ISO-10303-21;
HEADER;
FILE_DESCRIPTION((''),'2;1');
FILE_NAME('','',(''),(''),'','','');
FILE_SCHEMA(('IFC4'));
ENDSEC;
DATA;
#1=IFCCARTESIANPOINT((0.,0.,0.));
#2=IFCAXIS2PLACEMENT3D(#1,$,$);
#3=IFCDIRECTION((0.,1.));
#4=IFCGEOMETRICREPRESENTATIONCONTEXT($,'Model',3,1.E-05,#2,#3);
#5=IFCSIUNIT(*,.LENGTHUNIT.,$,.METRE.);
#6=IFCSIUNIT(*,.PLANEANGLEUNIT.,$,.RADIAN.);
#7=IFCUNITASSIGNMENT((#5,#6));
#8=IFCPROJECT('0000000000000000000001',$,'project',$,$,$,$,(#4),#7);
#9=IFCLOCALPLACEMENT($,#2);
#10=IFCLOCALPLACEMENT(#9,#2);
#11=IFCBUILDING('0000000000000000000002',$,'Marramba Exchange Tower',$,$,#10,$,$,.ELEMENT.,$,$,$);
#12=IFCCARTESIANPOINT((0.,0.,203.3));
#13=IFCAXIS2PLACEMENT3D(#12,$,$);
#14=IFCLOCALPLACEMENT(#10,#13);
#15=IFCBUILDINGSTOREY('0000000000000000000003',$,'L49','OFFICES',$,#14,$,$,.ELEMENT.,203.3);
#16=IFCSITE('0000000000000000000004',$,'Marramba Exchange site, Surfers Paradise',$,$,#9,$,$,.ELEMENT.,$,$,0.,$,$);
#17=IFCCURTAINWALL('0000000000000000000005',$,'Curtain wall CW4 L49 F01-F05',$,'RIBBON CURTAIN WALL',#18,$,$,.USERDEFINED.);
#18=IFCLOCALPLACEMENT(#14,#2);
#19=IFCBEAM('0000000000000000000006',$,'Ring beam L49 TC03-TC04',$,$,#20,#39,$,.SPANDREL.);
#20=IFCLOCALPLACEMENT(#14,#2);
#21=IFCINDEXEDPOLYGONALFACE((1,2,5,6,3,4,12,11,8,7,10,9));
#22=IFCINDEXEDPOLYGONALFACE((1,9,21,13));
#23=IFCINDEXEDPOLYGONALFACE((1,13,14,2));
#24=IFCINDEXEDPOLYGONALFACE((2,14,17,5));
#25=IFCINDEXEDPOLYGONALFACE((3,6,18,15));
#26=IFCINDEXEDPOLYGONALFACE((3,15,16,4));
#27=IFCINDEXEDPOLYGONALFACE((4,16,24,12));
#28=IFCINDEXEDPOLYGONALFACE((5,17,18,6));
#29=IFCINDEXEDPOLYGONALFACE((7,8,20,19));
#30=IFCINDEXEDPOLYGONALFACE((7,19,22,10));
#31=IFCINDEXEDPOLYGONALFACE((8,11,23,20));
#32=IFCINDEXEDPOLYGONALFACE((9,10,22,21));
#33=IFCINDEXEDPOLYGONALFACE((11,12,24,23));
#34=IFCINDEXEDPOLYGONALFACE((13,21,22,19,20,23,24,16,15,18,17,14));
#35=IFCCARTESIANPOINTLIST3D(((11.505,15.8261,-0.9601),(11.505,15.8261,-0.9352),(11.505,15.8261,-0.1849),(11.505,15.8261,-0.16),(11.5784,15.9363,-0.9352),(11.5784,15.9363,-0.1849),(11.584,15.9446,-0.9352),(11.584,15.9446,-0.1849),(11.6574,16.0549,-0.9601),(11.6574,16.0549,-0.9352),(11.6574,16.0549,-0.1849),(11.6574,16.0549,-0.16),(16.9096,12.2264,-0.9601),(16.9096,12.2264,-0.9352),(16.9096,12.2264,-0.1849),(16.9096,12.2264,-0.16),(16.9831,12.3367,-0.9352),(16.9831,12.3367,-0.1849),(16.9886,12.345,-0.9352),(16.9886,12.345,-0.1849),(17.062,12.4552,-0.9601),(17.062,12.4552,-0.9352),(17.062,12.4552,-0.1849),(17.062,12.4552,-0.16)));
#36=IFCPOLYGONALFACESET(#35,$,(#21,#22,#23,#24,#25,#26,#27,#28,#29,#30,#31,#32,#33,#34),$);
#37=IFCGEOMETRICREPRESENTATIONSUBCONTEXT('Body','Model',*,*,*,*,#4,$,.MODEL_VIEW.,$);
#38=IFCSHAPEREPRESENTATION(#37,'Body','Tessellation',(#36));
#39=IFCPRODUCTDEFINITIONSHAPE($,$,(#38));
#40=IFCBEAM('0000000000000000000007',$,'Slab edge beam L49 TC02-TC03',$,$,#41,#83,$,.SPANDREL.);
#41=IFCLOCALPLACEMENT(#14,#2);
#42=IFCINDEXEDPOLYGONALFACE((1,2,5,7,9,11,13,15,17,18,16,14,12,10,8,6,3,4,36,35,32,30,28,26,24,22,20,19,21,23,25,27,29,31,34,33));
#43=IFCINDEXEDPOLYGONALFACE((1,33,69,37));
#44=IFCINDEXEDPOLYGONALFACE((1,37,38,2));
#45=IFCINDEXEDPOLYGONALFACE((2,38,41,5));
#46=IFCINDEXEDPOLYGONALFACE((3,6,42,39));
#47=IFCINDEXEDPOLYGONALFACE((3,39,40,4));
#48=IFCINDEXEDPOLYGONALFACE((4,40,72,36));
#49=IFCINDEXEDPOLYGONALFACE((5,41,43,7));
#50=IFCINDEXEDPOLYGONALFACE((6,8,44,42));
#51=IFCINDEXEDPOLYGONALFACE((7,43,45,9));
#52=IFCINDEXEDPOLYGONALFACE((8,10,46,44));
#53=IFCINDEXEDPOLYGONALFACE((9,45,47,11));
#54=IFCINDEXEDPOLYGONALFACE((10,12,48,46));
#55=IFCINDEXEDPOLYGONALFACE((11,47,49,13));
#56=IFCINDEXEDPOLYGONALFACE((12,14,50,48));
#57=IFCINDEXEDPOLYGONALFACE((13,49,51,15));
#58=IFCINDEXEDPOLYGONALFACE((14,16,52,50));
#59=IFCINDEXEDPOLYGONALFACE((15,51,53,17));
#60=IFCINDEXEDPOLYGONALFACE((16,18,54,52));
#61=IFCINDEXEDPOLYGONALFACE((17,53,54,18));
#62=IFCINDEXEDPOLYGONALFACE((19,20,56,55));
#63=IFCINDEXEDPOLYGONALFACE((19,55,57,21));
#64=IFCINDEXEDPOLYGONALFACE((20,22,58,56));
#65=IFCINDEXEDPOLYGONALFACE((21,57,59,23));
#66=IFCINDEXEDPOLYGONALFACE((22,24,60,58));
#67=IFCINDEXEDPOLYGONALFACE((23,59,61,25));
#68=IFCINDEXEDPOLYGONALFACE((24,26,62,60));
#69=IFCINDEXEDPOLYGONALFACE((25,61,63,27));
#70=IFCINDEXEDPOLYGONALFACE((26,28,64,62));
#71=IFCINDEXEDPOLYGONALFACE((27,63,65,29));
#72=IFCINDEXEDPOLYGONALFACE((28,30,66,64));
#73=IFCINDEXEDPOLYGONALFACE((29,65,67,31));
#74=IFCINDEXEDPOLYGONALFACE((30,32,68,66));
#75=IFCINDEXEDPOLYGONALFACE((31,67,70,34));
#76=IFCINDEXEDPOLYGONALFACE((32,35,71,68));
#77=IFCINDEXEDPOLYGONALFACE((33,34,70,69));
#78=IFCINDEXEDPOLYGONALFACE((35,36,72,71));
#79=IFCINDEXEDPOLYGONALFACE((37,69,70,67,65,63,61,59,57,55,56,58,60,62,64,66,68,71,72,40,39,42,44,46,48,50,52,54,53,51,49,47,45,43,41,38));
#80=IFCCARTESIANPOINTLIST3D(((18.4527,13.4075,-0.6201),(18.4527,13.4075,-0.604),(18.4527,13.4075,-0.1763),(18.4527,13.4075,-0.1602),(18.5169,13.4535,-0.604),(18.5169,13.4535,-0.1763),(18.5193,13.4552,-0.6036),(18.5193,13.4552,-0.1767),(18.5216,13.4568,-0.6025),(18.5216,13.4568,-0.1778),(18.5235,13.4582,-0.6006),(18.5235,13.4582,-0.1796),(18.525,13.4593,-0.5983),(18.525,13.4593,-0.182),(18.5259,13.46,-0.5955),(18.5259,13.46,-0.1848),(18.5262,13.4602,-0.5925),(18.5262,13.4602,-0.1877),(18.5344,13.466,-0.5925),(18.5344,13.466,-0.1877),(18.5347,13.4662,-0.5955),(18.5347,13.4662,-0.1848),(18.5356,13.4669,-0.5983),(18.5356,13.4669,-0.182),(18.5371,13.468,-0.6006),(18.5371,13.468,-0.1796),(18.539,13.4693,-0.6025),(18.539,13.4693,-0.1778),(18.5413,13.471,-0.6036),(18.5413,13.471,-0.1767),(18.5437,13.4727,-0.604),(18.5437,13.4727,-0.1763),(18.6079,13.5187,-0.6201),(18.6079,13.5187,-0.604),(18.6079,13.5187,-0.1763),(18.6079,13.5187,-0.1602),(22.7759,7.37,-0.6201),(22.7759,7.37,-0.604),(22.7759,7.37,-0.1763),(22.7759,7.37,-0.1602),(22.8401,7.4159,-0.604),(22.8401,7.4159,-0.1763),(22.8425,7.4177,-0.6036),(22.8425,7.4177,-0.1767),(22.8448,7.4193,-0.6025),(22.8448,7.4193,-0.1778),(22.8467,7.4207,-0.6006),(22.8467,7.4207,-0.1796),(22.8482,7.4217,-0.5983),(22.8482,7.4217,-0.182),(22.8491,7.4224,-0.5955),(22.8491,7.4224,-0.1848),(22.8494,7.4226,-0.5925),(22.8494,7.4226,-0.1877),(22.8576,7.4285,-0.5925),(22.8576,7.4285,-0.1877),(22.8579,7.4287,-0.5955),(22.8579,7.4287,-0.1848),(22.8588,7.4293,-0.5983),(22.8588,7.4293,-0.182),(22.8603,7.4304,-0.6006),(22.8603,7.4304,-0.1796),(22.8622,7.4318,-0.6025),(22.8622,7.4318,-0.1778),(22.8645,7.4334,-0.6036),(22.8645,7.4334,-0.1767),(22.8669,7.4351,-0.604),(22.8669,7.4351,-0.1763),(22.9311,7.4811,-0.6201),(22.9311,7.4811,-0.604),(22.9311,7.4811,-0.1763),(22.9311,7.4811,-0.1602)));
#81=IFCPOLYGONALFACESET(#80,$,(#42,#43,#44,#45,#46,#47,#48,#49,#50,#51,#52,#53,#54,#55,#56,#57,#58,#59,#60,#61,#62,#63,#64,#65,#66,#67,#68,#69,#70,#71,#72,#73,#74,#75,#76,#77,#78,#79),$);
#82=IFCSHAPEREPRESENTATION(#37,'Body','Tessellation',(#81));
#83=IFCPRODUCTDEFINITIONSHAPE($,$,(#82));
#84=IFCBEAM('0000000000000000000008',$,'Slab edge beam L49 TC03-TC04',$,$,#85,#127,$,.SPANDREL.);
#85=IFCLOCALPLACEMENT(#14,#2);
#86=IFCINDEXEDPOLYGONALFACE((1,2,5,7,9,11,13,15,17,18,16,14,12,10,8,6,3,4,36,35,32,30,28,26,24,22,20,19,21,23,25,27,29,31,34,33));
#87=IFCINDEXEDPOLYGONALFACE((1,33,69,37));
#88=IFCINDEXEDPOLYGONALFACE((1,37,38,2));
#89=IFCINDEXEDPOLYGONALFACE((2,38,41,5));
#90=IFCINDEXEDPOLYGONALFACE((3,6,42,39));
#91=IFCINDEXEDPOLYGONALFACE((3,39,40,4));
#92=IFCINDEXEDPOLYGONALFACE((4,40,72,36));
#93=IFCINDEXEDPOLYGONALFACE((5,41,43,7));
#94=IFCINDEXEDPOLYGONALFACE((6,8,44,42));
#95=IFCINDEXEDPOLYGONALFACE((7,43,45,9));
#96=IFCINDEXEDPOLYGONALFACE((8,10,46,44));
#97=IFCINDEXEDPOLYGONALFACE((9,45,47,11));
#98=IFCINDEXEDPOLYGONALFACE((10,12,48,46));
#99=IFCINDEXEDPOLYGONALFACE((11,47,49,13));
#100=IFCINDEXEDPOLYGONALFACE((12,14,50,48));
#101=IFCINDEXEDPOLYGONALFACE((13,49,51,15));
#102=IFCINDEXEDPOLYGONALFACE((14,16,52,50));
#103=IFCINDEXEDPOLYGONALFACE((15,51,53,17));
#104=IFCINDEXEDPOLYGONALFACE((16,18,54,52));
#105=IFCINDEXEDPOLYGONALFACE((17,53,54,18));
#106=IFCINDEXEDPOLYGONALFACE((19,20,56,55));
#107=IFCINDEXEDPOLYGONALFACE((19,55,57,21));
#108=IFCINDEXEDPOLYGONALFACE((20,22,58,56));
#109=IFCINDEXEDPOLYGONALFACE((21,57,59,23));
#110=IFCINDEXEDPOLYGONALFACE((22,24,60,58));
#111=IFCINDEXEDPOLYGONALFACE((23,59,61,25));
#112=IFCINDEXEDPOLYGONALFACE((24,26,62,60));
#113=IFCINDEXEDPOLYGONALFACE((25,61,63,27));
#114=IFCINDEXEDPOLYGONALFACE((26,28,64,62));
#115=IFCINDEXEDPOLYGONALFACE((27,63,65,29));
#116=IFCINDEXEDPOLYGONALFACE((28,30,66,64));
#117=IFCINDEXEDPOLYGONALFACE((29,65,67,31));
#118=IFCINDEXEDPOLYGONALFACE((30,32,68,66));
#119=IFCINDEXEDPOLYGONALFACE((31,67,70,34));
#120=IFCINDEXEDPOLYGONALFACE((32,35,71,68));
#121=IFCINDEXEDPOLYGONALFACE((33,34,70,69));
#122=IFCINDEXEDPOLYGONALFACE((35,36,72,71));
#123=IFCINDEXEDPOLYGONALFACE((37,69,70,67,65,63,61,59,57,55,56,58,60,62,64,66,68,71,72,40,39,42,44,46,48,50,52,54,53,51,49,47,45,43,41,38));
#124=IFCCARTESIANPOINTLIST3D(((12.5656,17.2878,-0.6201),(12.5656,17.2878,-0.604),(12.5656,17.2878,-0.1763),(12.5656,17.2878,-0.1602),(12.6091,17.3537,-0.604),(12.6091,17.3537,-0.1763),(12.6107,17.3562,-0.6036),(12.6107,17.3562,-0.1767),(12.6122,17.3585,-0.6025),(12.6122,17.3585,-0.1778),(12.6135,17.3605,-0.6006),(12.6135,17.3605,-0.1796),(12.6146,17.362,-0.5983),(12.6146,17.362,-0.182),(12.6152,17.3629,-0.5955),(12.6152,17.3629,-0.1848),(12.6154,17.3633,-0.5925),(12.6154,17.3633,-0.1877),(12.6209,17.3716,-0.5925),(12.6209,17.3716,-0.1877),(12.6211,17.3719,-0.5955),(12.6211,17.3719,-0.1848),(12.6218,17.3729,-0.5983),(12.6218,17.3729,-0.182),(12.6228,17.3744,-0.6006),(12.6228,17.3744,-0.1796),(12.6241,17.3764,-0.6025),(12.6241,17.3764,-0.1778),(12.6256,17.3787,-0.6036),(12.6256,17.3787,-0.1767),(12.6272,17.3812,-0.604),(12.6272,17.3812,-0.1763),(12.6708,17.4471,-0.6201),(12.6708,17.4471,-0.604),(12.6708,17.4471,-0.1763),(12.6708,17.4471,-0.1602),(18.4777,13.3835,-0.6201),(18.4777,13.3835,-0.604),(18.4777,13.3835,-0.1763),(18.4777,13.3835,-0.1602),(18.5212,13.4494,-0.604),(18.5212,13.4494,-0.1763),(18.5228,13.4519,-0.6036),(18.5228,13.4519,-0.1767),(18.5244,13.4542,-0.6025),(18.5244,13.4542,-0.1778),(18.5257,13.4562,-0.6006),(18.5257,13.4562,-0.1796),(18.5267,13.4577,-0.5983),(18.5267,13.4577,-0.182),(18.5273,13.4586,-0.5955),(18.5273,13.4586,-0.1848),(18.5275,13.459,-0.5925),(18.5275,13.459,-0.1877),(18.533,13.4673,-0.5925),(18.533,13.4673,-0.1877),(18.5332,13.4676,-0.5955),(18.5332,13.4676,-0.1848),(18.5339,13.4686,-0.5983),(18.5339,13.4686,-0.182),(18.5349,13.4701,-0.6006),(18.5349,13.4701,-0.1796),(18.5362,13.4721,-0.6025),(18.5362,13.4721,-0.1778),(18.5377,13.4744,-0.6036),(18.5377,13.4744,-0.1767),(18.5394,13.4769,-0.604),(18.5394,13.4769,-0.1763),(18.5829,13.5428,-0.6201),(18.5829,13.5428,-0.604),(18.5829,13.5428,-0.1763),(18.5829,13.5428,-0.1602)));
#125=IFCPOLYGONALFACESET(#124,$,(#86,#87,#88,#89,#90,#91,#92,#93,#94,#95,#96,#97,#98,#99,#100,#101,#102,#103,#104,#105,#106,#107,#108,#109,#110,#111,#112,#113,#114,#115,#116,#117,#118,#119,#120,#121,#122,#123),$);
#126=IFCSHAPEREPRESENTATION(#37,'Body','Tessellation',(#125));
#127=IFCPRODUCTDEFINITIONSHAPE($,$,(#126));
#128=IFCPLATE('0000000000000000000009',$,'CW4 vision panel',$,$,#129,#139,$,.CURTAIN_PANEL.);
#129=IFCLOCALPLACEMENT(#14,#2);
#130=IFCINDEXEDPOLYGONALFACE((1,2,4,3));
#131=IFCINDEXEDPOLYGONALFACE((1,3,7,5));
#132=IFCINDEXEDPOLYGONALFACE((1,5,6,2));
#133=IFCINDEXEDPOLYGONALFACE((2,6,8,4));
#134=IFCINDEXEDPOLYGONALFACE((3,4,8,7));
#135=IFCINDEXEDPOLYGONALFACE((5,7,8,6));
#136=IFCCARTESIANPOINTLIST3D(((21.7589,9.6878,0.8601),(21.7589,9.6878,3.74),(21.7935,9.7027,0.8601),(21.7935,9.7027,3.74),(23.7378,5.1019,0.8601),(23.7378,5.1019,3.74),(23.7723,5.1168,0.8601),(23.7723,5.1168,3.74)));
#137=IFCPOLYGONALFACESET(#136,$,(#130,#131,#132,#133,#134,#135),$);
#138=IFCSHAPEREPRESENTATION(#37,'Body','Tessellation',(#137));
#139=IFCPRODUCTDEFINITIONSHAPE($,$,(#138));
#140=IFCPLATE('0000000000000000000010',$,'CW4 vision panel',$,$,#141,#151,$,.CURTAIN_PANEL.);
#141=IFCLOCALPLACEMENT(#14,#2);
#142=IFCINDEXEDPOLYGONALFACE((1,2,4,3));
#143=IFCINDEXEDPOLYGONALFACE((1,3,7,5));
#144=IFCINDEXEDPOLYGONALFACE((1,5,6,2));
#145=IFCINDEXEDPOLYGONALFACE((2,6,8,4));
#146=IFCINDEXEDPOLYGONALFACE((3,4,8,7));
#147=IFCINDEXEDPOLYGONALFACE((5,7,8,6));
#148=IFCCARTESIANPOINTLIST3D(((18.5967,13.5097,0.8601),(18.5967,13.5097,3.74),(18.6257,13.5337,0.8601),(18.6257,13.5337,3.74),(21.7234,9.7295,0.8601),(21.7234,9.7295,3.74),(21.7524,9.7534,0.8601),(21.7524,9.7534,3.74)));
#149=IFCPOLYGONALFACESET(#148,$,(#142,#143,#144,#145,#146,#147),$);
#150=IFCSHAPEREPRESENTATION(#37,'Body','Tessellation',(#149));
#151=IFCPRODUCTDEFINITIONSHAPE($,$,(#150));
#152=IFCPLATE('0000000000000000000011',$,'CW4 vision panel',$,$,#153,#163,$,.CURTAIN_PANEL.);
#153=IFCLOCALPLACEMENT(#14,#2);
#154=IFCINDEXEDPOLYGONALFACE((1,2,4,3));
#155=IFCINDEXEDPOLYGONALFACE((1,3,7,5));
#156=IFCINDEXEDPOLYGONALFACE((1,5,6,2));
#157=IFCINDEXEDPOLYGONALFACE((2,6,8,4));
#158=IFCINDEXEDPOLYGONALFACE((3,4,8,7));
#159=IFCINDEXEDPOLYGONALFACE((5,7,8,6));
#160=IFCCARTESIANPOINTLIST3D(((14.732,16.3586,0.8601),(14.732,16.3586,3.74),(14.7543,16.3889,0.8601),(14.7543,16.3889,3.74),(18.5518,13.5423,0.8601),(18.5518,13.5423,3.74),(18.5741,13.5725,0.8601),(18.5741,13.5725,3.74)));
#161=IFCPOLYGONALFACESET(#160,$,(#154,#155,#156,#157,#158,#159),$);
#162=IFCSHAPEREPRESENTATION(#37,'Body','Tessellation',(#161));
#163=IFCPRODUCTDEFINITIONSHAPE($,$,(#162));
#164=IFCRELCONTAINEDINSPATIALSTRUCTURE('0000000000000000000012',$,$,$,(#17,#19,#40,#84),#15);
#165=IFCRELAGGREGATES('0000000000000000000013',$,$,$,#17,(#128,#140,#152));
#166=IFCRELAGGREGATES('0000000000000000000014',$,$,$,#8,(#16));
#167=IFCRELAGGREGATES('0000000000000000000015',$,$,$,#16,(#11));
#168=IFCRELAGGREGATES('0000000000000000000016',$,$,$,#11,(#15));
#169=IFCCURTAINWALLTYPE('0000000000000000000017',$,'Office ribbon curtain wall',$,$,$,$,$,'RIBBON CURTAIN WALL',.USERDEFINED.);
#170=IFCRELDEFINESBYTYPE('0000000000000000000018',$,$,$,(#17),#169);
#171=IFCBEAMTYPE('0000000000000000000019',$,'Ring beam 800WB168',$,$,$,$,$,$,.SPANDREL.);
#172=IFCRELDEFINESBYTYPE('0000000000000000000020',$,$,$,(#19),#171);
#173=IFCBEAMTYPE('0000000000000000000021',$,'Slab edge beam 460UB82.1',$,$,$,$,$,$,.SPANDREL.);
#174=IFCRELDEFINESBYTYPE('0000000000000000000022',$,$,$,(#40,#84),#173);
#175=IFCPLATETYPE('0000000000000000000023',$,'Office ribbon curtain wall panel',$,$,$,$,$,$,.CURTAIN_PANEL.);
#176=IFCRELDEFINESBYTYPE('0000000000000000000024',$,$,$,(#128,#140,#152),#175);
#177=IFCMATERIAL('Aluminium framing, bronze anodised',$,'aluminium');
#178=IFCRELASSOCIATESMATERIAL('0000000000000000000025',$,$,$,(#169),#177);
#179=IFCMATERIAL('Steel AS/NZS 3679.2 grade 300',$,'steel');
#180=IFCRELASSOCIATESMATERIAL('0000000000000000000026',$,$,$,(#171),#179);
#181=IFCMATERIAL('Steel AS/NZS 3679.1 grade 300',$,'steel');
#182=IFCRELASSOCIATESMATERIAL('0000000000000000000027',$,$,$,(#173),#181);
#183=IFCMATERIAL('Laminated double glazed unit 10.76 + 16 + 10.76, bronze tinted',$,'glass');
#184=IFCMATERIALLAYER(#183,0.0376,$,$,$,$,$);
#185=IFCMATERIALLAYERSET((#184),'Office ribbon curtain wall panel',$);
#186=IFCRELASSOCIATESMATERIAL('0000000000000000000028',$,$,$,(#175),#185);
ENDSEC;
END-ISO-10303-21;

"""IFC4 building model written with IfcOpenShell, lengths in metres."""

from ifc_helpers import new_model, si_unit, direction, frame, origin, origin_2d, place, context, subcontext, project, spatial, rectangle, i_section, extrude, material, layer, layer_set, material_profile, profile_set, type_object, element, aggregate, save


model = new_model("IFC4")

# Units and contexts
model_context = context("Model", 3, precision=1e-05, world=origin(), true_north=direction((0.0, 1.0)))
body_context = subcontext(model_context, "Body", "Model", "MODEL_VIEW")
ifc_project = project(units=[si_unit("LENGTHUNIT", "METRE"), si_unit("PLANEANGLEUNIT", "RADIAN")], contexts=[model_context])

# Site, building, storey
site_placement = place(None, origin())
site = spatial("IfcSite", under=ifc_project, at=site_placement, Name="Marramba Exchange site, Surfers Paradise", CompositionType="ELEMENT", RefElevation=0.0)
building_placement = place(site_placement, origin())
building = spatial("IfcBuilding", under=site, at=building_placement, Name="Marramba Exchange Tower", CompositionType="ELEMENT")
storey_placement = place(building_placement, frame((0.0, 0.0, 203.3)))
storey = spatial("IfcBuildingStorey", under=building, at=storey_placement, Name="L49", Description="OFFICES", CompositionType="ELEMENT", Elevation=203.3)

# Shared definitions
ifc_material_1 = material(Name="Steel AS/NZS 3679.2 grade 300", Category="steel")
ifc_material_2 = material(Name="Steel AS/NZS 3679.1 grade 300", Category="steel")

# Curtain wall
ifc_material_3 = material(Name="Aluminium framing, bronze anodised", Category="aluminium")
curtain_wall_type = type_object("IfcCurtainWallType", Name="Office ribbon curtain wall", ElementType="RIBBON CURTAIN WALL", PredefinedType="USERDEFINED", material=ifc_material_3)
curtain_wall_placement = place(storey_placement, origin())
curtain_wall = element("IfcCurtainWall", 1, at=curtain_wall_placement, inside=storey, type_object=curtain_wall_type, Name="Curtain wall CW4 L49 F01-F05", ObjectType="RIBBON CURTAIN WALL", PredefinedType="USERDEFINED")

# Beams
ifc_material_profile_1 = material_profile(ifc_material_1, i_section(OverallWidth=0.2749, OverallDepth=0.8, WebThickness=0.01, FlangeThickness=0.0249, at=origin_2d()), Name="800WB168")
ifc_profile_set_1 = profile_set([ifc_material_profile_1], Name="Steel AS/NZS 3679.2 grade 300")
beam_type_1 = type_object("IfcBeamType", Name="Ring beam 800WB168", PredefinedType="SPANDREL", material=ifc_profile_set_1)
beam_1_placement = place(storey_placement, frame((16.9858, 12.3408, -0.5601), z_axis=(-0.832293, 0.554336, 0.0), x_axis=(-0.554336, -0.832293, 0.0)))
element("IfcBeam", 2, at=beam_1_placement, inside=storey, type_object=beam_type_1, Name="Ring beam L49 TC03-TC04", PredefinedType="SPANDREL", context=body_context, shape_type="SweptSolid", body=[
    extrude(i_section(OverallWidth=0.2749, OverallDepth=0.8, WebThickness=0.01, FlangeThickness=0.0249, at=origin_2d()), origin(), (0.0, 0.0, 1.0), 6.4937),
])
ifc_material_profile_2 = material_profile(ifc_material_2, i_section(OverallWidth=0.1909, OverallDepth=0.46, WebThickness=0.01, FlangeThickness=0.0161, FilletRadius=0.0115, at=origin_2d()), Name="460UB82.1")
ifc_profile_set_2 = profile_set([ifc_material_profile_2], Name="Steel AS/NZS 3679.1 grade 300")
beam_type_2 = type_object("IfcBeamType", Name="Slab edge beam 460UB82.1", PredefinedType="SPANDREL", material=ifc_profile_set_2)
beam_2_placement = place(storey_placement, frame((22.8535, 7.4255, -0.3901), z_axis=(-0.582189, 0.813053, 0.0), x_axis=(-0.813053, -0.582189, 0.0)))
element("IfcBeam", 3, at=beam_2_placement, inside=storey, type_object=beam_type_2, Name="Slab edge beam L49 TC02-TC03", PredefinedType="SPANDREL", context=body_context, shape_type="SweptSolid", body=[
    extrude(i_section(OverallWidth=0.1909, OverallDepth=0.46, WebThickness=0.01, FlangeThickness=0.0161, FilletRadius=0.0115, at=origin_2d()), origin(), (0.0, 0.0, 1.0), 7.4258),
])
beam_3_placement = place(storey_placement, frame((18.5303, 13.4631, -0.3901), z_axis=(-0.83446, 0.551069, 0.0), x_axis=(-0.551069, -0.83446, 0.0)))
element("IfcBeam", 4, at=beam_3_placement, inside=storey, type_object=beam_type_2, Name="Slab edge beam L49 TC03-TC04", PredefinedType="SPANDREL", context=body_context, shape_type="SweptSolid", body=[
    extrude(i_section(OverallWidth=0.1909, OverallDepth=0.46, WebThickness=0.01, FlangeThickness=0.0161, FilletRadius=0.0115, at=origin_2d()), origin(), (0.0, 0.0, 1.0), 7.085),
])

# Plates
ifc_material_4 = material(Name="Laminated double glazed unit 10.76 + 16 + 10.76, bronze tinted", Category="glass")
ifc_layer_1 = layer(ifc_material_4, 0.0376)
ifc_layer_set_1 = layer_set([ifc_layer_1], Name="Office ribbon curtain wall panel")
plate_type = type_object("IfcPlateType", Name="Office ribbon curtain wall panel", PredefinedType="CURTAIN_PANEL", material=ifc_layer_set_1)
plate_1_placement = place(storey_placement, frame((22.7656, 7.4023, 0.8601), z_axis=(0.0, 0.0, 1.0), x_axis=(-0.396193, 0.918167, 0.0)))
plate_1 = element("IfcPlate", 5, at=plate_1_placement, type_object=plate_type, Name="CW4 vision panel", PredefinedType="CURTAIN_PANEL", context=body_context, shape_type="SweptSolid", body=[
    extrude(rectangle(XDim=4.9946, YDim=0.0376, at=origin_2d()), origin(), (0.0, 0.0, 1.0), 2.8799),
])
plate_2_placement = place(storey_placement, frame((20.1746, 11.6316, 0.8601), z_axis=(0.0, 0.0, 1.0), x_axis=(-0.63735, 0.770574, 0.0)))
plate_2 = element("IfcPlate", 6, at=plate_2_placement, type_object=plate_type, Name="CW4 vision panel", PredefinedType="CURTAIN_PANEL", context=body_context, shape_type="SweptSolid", body=[
    extrude(rectangle(XDim=4.9058, YDim=0.0376, at=origin_2d()), origin(), (0.0, 0.0, 1.0), 2.8799),
])
plate_3_placement = place(storey_placement, frame((16.6531, 14.9656, 0.8601), z_axis=(0.0, 0.0, 1.0), x_axis=(-0.804877, 0.593441, 0.0)))
plate_3 = element("IfcPlate", 7, at=plate_3_placement, type_object=plate_type, Name="CW4 vision panel", PredefinedType="CURTAIN_PANEL", context=body_context, shape_type="SweptSolid", body=[
    extrude(rectangle(XDim=4.7458, YDim=0.0376, at=origin_2d()), origin(), (0.0, 0.0, 1.0), 2.8799),
])
aggregate(curtain_wall, [plate_1, plate_2, plate_3])

save(model, "model.ifc")
